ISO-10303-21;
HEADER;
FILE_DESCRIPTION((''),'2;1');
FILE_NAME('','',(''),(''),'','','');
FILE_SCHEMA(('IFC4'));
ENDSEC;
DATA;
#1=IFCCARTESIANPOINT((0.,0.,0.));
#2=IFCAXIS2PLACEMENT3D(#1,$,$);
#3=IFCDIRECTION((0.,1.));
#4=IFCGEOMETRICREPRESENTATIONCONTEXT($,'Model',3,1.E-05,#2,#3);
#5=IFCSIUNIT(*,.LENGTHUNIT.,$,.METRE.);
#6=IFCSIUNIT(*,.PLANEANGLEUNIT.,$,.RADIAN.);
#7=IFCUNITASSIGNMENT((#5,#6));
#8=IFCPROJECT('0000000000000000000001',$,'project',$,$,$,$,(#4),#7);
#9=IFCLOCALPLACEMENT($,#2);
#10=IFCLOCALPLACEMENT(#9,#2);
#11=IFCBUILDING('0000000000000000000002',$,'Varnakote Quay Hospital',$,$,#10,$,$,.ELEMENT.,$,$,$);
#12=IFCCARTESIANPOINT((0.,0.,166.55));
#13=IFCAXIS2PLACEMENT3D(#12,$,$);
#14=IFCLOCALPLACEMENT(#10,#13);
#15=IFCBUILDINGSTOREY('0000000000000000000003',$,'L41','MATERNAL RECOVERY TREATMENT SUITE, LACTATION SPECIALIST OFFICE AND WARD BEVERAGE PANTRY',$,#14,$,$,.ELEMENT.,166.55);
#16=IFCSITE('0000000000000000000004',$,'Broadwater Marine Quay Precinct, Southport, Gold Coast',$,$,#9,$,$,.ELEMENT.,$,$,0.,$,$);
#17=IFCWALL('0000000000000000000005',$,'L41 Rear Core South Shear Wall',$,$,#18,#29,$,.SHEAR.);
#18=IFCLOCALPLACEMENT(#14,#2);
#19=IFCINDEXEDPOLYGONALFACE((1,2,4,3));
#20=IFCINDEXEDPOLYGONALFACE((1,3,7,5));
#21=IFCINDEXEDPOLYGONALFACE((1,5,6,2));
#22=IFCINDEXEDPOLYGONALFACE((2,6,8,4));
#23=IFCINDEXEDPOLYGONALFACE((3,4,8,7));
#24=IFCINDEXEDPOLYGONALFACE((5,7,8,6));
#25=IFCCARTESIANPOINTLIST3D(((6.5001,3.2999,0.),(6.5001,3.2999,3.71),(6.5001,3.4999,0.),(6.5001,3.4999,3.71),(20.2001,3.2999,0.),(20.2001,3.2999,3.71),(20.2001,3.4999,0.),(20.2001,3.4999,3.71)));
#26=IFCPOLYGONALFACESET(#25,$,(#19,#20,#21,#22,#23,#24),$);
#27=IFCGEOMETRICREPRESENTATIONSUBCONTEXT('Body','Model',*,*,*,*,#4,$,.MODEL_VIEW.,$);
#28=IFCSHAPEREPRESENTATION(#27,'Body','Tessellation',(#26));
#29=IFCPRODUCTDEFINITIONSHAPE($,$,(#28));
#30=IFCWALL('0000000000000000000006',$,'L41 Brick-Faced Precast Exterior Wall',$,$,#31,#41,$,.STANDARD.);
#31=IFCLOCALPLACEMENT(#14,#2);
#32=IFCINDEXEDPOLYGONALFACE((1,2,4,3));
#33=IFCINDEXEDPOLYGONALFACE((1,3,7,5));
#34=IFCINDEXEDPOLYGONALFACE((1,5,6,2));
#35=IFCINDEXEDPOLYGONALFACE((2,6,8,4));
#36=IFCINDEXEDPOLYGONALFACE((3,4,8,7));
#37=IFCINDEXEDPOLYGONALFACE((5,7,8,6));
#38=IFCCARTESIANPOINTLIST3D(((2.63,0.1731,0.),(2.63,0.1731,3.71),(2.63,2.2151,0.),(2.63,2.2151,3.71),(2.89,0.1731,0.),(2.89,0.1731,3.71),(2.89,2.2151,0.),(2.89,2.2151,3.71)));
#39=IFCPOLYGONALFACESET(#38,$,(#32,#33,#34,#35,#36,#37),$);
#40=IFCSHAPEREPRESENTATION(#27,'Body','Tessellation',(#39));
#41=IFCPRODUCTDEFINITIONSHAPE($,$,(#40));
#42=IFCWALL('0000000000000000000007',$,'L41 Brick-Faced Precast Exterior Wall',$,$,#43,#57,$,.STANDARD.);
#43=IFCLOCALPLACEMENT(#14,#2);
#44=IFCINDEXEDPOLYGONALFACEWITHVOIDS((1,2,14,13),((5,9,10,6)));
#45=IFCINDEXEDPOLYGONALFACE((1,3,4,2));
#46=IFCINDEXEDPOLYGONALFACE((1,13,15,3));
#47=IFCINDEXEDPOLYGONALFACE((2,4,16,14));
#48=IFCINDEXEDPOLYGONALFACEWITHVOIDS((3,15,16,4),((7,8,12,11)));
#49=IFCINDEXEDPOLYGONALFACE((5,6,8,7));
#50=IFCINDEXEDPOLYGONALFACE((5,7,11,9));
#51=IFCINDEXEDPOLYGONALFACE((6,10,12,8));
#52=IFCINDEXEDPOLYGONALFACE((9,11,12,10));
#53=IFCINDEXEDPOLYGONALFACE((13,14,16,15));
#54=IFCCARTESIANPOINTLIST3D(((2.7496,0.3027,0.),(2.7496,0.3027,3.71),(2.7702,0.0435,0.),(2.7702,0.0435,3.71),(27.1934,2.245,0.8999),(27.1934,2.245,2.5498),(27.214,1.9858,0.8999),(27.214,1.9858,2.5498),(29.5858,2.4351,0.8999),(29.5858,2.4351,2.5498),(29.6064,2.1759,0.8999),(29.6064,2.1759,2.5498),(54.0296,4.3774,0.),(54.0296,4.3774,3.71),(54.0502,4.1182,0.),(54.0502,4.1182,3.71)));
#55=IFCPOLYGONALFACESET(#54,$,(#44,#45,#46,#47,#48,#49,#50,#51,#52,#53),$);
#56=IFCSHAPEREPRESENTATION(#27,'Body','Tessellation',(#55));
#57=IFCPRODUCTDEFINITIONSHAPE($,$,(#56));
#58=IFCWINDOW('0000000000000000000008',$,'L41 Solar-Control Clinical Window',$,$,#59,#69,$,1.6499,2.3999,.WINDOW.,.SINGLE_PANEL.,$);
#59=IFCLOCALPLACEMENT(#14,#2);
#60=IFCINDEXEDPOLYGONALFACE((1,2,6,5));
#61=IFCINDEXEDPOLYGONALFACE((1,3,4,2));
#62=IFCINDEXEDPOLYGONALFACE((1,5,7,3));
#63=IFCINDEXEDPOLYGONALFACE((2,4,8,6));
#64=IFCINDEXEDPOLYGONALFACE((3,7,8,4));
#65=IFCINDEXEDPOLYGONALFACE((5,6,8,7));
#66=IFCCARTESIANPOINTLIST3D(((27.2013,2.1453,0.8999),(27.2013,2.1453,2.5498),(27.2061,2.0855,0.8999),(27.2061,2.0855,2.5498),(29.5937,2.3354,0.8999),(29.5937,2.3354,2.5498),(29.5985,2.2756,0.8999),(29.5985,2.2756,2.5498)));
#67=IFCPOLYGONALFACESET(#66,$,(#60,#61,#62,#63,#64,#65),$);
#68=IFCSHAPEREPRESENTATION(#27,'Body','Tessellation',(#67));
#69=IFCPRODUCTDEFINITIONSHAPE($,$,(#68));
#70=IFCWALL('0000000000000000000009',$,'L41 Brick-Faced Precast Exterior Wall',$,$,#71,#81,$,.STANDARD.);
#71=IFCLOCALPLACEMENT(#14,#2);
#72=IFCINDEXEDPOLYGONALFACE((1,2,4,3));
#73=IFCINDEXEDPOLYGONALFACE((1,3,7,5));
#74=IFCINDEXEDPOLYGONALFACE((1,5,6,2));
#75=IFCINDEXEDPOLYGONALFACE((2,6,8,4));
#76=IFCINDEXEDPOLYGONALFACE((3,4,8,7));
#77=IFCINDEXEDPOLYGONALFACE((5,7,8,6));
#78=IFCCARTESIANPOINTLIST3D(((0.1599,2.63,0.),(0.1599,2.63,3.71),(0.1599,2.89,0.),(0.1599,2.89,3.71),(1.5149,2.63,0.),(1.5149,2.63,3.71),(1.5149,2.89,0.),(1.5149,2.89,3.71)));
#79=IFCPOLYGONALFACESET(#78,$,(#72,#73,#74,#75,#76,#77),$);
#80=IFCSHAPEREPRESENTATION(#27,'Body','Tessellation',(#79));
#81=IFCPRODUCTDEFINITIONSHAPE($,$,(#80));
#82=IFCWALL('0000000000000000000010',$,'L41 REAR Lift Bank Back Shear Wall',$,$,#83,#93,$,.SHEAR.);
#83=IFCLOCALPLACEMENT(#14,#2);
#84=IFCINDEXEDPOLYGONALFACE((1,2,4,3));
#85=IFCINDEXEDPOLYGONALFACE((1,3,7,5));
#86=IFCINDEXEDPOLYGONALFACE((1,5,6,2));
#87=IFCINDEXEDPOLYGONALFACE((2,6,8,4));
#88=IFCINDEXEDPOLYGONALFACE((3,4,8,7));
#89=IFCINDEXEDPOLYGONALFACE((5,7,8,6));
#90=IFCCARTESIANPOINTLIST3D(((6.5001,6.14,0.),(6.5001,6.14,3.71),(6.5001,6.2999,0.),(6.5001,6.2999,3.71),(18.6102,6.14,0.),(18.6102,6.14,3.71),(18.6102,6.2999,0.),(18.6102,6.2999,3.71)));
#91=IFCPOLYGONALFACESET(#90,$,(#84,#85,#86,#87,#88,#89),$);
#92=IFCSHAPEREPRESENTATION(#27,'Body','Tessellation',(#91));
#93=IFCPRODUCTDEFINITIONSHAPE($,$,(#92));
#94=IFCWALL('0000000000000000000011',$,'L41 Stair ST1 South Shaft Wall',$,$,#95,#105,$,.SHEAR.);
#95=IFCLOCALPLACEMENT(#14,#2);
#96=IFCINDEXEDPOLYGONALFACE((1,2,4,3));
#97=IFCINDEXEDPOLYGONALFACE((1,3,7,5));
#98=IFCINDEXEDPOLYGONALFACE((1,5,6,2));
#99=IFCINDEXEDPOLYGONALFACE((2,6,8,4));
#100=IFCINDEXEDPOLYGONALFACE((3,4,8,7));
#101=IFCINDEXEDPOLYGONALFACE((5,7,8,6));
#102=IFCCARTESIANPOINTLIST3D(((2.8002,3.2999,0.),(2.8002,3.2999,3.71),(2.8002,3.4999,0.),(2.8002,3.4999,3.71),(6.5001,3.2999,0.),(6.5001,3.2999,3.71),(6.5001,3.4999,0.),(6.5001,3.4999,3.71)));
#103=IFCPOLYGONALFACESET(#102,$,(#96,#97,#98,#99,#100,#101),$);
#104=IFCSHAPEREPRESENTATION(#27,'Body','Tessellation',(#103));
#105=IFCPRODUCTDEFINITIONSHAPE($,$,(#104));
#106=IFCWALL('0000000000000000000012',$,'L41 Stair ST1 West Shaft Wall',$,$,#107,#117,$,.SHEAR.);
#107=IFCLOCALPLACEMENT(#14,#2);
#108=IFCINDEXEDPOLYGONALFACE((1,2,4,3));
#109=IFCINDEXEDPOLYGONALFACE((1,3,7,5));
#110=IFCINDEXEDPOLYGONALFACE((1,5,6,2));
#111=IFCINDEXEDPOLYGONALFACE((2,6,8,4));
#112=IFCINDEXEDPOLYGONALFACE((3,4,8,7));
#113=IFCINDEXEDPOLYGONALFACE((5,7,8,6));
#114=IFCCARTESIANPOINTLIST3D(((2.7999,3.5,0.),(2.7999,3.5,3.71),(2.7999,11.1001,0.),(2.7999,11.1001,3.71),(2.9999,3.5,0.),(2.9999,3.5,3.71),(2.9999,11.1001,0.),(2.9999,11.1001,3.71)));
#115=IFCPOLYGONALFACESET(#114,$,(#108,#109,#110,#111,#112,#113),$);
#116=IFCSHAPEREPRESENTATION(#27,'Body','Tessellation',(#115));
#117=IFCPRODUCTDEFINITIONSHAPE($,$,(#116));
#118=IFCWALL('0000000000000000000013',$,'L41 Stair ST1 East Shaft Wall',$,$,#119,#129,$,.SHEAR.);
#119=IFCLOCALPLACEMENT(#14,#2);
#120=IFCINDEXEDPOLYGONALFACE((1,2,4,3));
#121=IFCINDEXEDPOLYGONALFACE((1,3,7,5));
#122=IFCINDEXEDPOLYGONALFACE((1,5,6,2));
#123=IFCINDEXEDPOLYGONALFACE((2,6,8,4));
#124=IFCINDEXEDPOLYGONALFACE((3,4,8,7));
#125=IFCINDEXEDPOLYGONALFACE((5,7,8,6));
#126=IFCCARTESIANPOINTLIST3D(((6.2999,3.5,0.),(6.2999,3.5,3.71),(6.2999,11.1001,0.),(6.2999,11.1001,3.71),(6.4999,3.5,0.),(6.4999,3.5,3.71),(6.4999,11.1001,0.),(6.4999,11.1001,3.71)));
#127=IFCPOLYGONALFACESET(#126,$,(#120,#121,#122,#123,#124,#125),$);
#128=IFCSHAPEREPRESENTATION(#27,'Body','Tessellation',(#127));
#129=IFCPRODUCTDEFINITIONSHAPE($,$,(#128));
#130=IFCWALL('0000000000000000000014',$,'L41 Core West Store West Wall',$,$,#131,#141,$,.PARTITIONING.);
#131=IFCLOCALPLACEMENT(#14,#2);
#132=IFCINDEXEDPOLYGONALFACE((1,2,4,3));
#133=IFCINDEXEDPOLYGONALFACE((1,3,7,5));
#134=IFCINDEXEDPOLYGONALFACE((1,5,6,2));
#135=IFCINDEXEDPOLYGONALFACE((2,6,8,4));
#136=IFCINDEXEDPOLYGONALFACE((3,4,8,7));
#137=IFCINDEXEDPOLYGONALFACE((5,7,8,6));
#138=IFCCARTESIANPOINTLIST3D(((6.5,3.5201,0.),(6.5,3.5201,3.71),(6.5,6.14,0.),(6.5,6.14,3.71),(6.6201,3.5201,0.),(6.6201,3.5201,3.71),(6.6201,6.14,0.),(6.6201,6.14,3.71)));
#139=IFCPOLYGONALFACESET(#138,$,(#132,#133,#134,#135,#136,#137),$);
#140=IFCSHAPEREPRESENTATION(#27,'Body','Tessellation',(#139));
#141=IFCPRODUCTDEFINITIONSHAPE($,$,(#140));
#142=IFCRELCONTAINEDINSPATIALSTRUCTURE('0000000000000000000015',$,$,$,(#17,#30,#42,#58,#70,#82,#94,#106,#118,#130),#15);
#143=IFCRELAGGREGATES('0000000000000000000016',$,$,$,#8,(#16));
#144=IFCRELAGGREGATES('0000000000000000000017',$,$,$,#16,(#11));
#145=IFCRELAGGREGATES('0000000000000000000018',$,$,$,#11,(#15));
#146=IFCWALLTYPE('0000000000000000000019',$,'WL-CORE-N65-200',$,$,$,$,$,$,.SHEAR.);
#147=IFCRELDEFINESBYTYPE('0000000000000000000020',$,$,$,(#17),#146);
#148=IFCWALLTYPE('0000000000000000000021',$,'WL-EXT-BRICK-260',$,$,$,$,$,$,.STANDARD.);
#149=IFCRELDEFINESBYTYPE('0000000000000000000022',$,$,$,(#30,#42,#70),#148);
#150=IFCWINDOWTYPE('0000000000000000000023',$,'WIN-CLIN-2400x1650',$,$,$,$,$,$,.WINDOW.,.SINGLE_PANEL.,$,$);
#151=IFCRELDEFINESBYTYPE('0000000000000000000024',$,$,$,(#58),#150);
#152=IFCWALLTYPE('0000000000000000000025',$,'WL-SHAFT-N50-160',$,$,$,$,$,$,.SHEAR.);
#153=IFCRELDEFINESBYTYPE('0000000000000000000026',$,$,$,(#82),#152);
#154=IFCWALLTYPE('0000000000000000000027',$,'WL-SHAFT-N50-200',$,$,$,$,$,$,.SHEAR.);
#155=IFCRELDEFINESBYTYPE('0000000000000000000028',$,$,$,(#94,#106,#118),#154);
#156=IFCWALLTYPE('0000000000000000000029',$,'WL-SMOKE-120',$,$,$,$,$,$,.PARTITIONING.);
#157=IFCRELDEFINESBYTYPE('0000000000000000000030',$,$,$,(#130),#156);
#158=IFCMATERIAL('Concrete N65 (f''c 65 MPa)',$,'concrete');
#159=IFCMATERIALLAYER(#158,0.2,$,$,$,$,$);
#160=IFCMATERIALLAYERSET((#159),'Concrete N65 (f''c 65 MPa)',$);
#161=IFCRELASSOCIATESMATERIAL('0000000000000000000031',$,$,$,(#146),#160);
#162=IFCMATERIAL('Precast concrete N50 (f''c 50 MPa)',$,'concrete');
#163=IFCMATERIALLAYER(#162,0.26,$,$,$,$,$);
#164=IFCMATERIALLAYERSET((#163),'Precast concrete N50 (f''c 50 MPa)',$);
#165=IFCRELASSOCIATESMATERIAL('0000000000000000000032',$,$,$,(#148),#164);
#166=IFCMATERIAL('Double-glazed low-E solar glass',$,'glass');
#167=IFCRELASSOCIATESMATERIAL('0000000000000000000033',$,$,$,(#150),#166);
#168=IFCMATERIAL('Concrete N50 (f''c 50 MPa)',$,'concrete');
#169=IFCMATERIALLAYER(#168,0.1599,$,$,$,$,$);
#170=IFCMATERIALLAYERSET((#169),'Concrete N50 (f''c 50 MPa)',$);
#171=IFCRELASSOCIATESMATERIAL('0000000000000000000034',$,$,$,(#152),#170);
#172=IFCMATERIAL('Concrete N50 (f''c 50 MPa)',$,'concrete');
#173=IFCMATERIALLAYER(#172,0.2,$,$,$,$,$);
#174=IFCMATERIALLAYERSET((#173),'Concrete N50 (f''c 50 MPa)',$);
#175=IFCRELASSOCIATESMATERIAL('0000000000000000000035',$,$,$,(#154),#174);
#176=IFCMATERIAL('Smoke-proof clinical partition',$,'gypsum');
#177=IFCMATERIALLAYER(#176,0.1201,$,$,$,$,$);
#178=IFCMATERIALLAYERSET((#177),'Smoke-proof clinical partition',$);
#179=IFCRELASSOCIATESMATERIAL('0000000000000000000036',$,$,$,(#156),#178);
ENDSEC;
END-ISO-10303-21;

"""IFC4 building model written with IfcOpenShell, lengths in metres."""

from ifc_helpers import new_model, si_unit, direction, frame, frame_2d, origin, place, context, subcontext, project, spatial, rectangle, extrude, material, layer, layer_set, type_object, element, fill, save


model = new_model("IFC4")

# Units and contexts
model_context = context("Model", 3, precision=1e-05, world=origin(), true_north=direction((0.0, 1.0)))
body_context = subcontext(model_context, "Body", "Model", "MODEL_VIEW")
ifc_project = project(units=[si_unit("LENGTHUNIT", "METRE"), si_unit("PLANEANGLEUNIT", "RADIAN")], contexts=[model_context])

# Site, building, storey
site_placement = place(None, origin())
site = spatial("IfcSite", under=ifc_project, at=site_placement, Name="Broadwater Marine Quay Precinct, Southport, Gold Coast", CompositionType="ELEMENT", RefElevation=0.0)
building_placement = place(site_placement, origin())
building = spatial("IfcBuilding", under=site, at=building_placement, Name="Varnakote Quay Hospital", CompositionType="ELEMENT")
storey_placement = place(building_placement, frame((0.0, 0.0, 166.55)))
storey = spatial("IfcBuildingStorey", under=building, at=storey_placement, Name="L41", Description="MATERNAL RECOVERY TREATMENT SUITE, LACTATION SPECIALIST OFFICE AND WARD BEVERAGE PANTRY", CompositionType="ELEMENT", Elevation=166.55)

# Walls
ifc_material_1 = material(Name="Concrete N65 (f'c 65 MPa)", Category="concrete")
ifc_layer_1 = layer(ifc_material_1, 0.2)
ifc_layer_set_1 = layer_set([ifc_layer_1], Name="Concrete N65 (f'c 65 MPa)")
wall_type_1 = type_object("IfcWallType", Name="WL-CORE-N65-200", PredefinedType="SHEAR", material=ifc_layer_set_1)
wall_1_placement = place(storey_placement, frame((6.5, 3.3999, 0.0), z_axis=(0.0, 0.0, 1.0), x_axis=(1.0, 0.0, 0.0)))
element("IfcWall", 1, at=wall_1_placement, inside=storey, type_object=wall_type_1, Name="L41 Rear Core South Shear Wall", PredefinedType="SHEAR", context=body_context, shape_type="SweptSolid", body=[
    extrude(rectangle(XDim=13.7, YDim=0.2, at=frame_2d((6.8501, 0.0))), origin(), (0.0, 0.0, 1.0), 3.71),
])
ifc_material_2 = material(Name="Precast concrete N50 (f'c 50 MPa)", Category="concrete")
ifc_layer_2 = layer(ifc_material_2, 0.26)
ifc_layer_set_2 = layer_set([ifc_layer_2], Name="Precast concrete N50 (f'c 50 MPa)")
wall_type_2 = type_object("IfcWallType", Name="WL-EXT-BRICK-260", PredefinedType="STANDARD", material=ifc_layer_set_2)
wall_2_placement = place(storey_placement, frame((2.76, 2.2151, 0.0), z_axis=(0.0, 0.0, 1.0), x_axis=(0.0, -1.0, 0.0)))
element("IfcWall", 2, at=wall_2_placement, inside=storey, type_object=wall_type_2, Name="L41 Brick-Faced Precast Exterior Wall", PredefinedType="STANDARD", context=body_context, shape_type="SweptSolid", body=[
    extrude(rectangle(XDim=2.042, YDim=0.26, at=frame_2d((1.021, 0.0))), origin(), (0.0, 0.0, 1.0), 3.71),
])

# Wall, opening, window
wall_3_placement = place(storey_placement, frame((2.76, 0.1731, 0.0), z_axis=(0.0, 0.0, 1.0), x_axis=(0.996858, 0.07921, 0.0)))
wall_3 = element("IfcWall", 3, at=wall_3_placement, inside=storey, type_object=wall_type_2, Name="L41 Brick-Faced Precast Exterior Wall", PredefinedType="STANDARD", context=body_context, shape_type="SweptSolid", body=[
    extrude(rectangle(XDim=51.4417, YDim=0.26, at=frame_2d((25.7207, 0.0))), origin(), (0.0, 0.0, 1.0), 3.71),
])
opening_placement = place(wall_3_placement, frame((24.5208, 0.0, 0.8999)))
opening = element("IfcOpeningElement", 4, at=opening_placement, cuts=wall_3, PredefinedType="OPENING", context=body_context, shape_type="SweptSolid", body=[
    extrude(rectangle(XDim=2.3999, YDim=1.6499, at=frame_2d((1.2, 0.825))), frame((0.0, 0.1399, 0.0), z_axis=(0.0, -1.0, 0.0), x_axis=(1.0, 0.0, 0.0)), (0.0, 0.0, 1.0), 0.28),
])
ifc_material_3 = material(Name="Double-glazed low-E solar glass", Category="glass")
window_type = type_object("IfcWindowType", Name="WIN-CLIN-2400x1650", PartitioningType="SINGLE_PANEL", PredefinedType="WINDOW", material=ifc_material_3)
window_placement = place(opening_placement, origin())
window = element("IfcWindow", 5, at=window_placement, inside=storey, type_object=window_type, Name="L41 Solar-Control Clinical Window", OverallHeight=1.6499, OverallWidth=2.3999, PartitioningType="SINGLE_PANEL", PredefinedType="WINDOW", context=body_context, shape_type="SweptSolid", body=[
    extrude(rectangle(XDim=2.3999, YDim=1.6499, at=frame_2d((1.2, 0.825))), frame((0.0, 0.03, 0.0), z_axis=(0.0, -1.0, 0.0), x_axis=(1.0, 0.0, 0.0)), (0.0, 0.0, 1.0), 0.0601),
])
fill(opening, window)

# Walls
wall_4_placement = place(storey_placement, frame((0.1599, 2.76, 0.0), z_axis=(0.0, 0.0, 1.0), x_axis=(1.0, 0.0, 0.0)))
element("IfcWall", 6, at=wall_4_placement, inside=storey, type_object=wall_type_2, Name="L41 Brick-Faced Precast Exterior Wall", PredefinedType="STANDARD", context=body_context, shape_type="SweptSolid", body=[
    extrude(rectangle(XDim=1.355, YDim=0.26, at=frame_2d((0.6775, 0.0))), origin(), (0.0, 0.0, 1.0), 3.71),
])
ifc_material_4 = material(Name="Concrete N50 (f'c 50 MPa)", Category="concrete")
ifc_layer_3 = layer(ifc_material_4, 0.1599)
ifc_layer_set_3 = layer_set([ifc_layer_3], Name="Concrete N50 (f'c 50 MPa)")
wall_type_3 = type_object("IfcWallType", Name="WL-SHAFT-N50-160", PredefinedType="SHEAR", material=ifc_layer_set_3)
wall_5_placement = place(storey_placement, frame((6.5, 6.22, 0.0), z_axis=(0.0, 0.0, 1.0), x_axis=(1.0, 0.0, 0.0)))
element("IfcWall", 7, at=wall_5_placement, inside=storey, type_object=wall_type_3, Name="L41 REAR Lift Bank Back Shear Wall", PredefinedType="SHEAR", context=body_context, shape_type="SweptSolid", body=[
    extrude(rectangle(XDim=12.1101, YDim=0.1599, at=frame_2d((6.0552, 0.0))), origin(), (0.0, 0.0, 1.0), 3.71),
])
ifc_material_5 = material(Name="Concrete N50 (f'c 50 MPa)", Category="concrete")
ifc_layer_4 = layer(ifc_material_5, 0.2)
ifc_layer_set_4 = layer_set([ifc_layer_4], Name="Concrete N50 (f'c 50 MPa)")
wall_type_4 = type_object("IfcWallType", Name="WL-SHAFT-N50-200", PredefinedType="SHEAR", material=ifc_layer_set_4)
wall_6_placement = place(storey_placement, frame((2.8, 3.3999, 0.0), z_axis=(0.0, 0.0, 1.0), x_axis=(1.0, 0.0, 0.0)))
element("IfcWall", 8, at=wall_6_placement, inside=storey, type_object=wall_type_4, Name="L41 Stair ST1 South Shaft Wall", PredefinedType="SHEAR", context=body_context, shape_type="SweptSolid", body=[
    extrude(rectangle(XDim=3.7, YDim=0.2, at=frame_2d((1.8501, 0.0))), origin(), (0.0, 0.0, 1.0), 3.71),
])
for number, where, z_axis, x_axis, name in (
    (9, (2.8999, 3.5, 0.0), (0.0, 0.0, 1.0), (0.0, 1.0, 0.0), "L41 Stair ST1 West Shaft Wall"),
    (10, (6.3999, 3.5, 0.0), (0.0, 0.0, 1.0), (0.0, 1.0, 0.0), "L41 Stair ST1 East Shaft Wall"),
):
    element("IfcWall", number, at=place(storey_placement, frame(where, z_axis=z_axis, x_axis=x_axis)), inside=storey, type_object=wall_type_4, Name=name, PredefinedType="SHEAR", context=body_context, shape_type="SweptSolid", body=[
        extrude(rectangle(XDim=7.6001, YDim=0.2, at=frame_2d((3.8, 0.0))), origin(), (0.0, 0.0, 1.0), 3.71),
    ])
ifc_material_6 = material(Name="Smoke-proof clinical partition", Category="gypsum")
ifc_layer_5 = layer(ifc_material_6, 0.1201)
ifc_layer_set_5 = layer_set([ifc_layer_5], Name="Smoke-proof clinical partition")
wall_type_5 = type_object("IfcWallType", Name="WL-SMOKE-120", PredefinedType="PARTITIONING", material=ifc_layer_set_5)
wall_7_placement = place(storey_placement, frame((6.5601, 3.52, 0.0), z_axis=(0.0, 0.0, 1.0), x_axis=(0.0, 1.0, 0.0)))
element("IfcWall", 11, at=wall_7_placement, inside=storey, type_object=wall_type_5, Name="L41 Core West Store West Wall", PredefinedType="PARTITIONING", context=body_context, shape_type="SweptSolid", body=[
    extrude(rectangle(XDim=2.6199, YDim=0.1201, at=frame_2d((1.3101, 0.0))), origin(), (0.0, 0.0, 1.0), 3.71),
])

save(model, "model.ifc")
